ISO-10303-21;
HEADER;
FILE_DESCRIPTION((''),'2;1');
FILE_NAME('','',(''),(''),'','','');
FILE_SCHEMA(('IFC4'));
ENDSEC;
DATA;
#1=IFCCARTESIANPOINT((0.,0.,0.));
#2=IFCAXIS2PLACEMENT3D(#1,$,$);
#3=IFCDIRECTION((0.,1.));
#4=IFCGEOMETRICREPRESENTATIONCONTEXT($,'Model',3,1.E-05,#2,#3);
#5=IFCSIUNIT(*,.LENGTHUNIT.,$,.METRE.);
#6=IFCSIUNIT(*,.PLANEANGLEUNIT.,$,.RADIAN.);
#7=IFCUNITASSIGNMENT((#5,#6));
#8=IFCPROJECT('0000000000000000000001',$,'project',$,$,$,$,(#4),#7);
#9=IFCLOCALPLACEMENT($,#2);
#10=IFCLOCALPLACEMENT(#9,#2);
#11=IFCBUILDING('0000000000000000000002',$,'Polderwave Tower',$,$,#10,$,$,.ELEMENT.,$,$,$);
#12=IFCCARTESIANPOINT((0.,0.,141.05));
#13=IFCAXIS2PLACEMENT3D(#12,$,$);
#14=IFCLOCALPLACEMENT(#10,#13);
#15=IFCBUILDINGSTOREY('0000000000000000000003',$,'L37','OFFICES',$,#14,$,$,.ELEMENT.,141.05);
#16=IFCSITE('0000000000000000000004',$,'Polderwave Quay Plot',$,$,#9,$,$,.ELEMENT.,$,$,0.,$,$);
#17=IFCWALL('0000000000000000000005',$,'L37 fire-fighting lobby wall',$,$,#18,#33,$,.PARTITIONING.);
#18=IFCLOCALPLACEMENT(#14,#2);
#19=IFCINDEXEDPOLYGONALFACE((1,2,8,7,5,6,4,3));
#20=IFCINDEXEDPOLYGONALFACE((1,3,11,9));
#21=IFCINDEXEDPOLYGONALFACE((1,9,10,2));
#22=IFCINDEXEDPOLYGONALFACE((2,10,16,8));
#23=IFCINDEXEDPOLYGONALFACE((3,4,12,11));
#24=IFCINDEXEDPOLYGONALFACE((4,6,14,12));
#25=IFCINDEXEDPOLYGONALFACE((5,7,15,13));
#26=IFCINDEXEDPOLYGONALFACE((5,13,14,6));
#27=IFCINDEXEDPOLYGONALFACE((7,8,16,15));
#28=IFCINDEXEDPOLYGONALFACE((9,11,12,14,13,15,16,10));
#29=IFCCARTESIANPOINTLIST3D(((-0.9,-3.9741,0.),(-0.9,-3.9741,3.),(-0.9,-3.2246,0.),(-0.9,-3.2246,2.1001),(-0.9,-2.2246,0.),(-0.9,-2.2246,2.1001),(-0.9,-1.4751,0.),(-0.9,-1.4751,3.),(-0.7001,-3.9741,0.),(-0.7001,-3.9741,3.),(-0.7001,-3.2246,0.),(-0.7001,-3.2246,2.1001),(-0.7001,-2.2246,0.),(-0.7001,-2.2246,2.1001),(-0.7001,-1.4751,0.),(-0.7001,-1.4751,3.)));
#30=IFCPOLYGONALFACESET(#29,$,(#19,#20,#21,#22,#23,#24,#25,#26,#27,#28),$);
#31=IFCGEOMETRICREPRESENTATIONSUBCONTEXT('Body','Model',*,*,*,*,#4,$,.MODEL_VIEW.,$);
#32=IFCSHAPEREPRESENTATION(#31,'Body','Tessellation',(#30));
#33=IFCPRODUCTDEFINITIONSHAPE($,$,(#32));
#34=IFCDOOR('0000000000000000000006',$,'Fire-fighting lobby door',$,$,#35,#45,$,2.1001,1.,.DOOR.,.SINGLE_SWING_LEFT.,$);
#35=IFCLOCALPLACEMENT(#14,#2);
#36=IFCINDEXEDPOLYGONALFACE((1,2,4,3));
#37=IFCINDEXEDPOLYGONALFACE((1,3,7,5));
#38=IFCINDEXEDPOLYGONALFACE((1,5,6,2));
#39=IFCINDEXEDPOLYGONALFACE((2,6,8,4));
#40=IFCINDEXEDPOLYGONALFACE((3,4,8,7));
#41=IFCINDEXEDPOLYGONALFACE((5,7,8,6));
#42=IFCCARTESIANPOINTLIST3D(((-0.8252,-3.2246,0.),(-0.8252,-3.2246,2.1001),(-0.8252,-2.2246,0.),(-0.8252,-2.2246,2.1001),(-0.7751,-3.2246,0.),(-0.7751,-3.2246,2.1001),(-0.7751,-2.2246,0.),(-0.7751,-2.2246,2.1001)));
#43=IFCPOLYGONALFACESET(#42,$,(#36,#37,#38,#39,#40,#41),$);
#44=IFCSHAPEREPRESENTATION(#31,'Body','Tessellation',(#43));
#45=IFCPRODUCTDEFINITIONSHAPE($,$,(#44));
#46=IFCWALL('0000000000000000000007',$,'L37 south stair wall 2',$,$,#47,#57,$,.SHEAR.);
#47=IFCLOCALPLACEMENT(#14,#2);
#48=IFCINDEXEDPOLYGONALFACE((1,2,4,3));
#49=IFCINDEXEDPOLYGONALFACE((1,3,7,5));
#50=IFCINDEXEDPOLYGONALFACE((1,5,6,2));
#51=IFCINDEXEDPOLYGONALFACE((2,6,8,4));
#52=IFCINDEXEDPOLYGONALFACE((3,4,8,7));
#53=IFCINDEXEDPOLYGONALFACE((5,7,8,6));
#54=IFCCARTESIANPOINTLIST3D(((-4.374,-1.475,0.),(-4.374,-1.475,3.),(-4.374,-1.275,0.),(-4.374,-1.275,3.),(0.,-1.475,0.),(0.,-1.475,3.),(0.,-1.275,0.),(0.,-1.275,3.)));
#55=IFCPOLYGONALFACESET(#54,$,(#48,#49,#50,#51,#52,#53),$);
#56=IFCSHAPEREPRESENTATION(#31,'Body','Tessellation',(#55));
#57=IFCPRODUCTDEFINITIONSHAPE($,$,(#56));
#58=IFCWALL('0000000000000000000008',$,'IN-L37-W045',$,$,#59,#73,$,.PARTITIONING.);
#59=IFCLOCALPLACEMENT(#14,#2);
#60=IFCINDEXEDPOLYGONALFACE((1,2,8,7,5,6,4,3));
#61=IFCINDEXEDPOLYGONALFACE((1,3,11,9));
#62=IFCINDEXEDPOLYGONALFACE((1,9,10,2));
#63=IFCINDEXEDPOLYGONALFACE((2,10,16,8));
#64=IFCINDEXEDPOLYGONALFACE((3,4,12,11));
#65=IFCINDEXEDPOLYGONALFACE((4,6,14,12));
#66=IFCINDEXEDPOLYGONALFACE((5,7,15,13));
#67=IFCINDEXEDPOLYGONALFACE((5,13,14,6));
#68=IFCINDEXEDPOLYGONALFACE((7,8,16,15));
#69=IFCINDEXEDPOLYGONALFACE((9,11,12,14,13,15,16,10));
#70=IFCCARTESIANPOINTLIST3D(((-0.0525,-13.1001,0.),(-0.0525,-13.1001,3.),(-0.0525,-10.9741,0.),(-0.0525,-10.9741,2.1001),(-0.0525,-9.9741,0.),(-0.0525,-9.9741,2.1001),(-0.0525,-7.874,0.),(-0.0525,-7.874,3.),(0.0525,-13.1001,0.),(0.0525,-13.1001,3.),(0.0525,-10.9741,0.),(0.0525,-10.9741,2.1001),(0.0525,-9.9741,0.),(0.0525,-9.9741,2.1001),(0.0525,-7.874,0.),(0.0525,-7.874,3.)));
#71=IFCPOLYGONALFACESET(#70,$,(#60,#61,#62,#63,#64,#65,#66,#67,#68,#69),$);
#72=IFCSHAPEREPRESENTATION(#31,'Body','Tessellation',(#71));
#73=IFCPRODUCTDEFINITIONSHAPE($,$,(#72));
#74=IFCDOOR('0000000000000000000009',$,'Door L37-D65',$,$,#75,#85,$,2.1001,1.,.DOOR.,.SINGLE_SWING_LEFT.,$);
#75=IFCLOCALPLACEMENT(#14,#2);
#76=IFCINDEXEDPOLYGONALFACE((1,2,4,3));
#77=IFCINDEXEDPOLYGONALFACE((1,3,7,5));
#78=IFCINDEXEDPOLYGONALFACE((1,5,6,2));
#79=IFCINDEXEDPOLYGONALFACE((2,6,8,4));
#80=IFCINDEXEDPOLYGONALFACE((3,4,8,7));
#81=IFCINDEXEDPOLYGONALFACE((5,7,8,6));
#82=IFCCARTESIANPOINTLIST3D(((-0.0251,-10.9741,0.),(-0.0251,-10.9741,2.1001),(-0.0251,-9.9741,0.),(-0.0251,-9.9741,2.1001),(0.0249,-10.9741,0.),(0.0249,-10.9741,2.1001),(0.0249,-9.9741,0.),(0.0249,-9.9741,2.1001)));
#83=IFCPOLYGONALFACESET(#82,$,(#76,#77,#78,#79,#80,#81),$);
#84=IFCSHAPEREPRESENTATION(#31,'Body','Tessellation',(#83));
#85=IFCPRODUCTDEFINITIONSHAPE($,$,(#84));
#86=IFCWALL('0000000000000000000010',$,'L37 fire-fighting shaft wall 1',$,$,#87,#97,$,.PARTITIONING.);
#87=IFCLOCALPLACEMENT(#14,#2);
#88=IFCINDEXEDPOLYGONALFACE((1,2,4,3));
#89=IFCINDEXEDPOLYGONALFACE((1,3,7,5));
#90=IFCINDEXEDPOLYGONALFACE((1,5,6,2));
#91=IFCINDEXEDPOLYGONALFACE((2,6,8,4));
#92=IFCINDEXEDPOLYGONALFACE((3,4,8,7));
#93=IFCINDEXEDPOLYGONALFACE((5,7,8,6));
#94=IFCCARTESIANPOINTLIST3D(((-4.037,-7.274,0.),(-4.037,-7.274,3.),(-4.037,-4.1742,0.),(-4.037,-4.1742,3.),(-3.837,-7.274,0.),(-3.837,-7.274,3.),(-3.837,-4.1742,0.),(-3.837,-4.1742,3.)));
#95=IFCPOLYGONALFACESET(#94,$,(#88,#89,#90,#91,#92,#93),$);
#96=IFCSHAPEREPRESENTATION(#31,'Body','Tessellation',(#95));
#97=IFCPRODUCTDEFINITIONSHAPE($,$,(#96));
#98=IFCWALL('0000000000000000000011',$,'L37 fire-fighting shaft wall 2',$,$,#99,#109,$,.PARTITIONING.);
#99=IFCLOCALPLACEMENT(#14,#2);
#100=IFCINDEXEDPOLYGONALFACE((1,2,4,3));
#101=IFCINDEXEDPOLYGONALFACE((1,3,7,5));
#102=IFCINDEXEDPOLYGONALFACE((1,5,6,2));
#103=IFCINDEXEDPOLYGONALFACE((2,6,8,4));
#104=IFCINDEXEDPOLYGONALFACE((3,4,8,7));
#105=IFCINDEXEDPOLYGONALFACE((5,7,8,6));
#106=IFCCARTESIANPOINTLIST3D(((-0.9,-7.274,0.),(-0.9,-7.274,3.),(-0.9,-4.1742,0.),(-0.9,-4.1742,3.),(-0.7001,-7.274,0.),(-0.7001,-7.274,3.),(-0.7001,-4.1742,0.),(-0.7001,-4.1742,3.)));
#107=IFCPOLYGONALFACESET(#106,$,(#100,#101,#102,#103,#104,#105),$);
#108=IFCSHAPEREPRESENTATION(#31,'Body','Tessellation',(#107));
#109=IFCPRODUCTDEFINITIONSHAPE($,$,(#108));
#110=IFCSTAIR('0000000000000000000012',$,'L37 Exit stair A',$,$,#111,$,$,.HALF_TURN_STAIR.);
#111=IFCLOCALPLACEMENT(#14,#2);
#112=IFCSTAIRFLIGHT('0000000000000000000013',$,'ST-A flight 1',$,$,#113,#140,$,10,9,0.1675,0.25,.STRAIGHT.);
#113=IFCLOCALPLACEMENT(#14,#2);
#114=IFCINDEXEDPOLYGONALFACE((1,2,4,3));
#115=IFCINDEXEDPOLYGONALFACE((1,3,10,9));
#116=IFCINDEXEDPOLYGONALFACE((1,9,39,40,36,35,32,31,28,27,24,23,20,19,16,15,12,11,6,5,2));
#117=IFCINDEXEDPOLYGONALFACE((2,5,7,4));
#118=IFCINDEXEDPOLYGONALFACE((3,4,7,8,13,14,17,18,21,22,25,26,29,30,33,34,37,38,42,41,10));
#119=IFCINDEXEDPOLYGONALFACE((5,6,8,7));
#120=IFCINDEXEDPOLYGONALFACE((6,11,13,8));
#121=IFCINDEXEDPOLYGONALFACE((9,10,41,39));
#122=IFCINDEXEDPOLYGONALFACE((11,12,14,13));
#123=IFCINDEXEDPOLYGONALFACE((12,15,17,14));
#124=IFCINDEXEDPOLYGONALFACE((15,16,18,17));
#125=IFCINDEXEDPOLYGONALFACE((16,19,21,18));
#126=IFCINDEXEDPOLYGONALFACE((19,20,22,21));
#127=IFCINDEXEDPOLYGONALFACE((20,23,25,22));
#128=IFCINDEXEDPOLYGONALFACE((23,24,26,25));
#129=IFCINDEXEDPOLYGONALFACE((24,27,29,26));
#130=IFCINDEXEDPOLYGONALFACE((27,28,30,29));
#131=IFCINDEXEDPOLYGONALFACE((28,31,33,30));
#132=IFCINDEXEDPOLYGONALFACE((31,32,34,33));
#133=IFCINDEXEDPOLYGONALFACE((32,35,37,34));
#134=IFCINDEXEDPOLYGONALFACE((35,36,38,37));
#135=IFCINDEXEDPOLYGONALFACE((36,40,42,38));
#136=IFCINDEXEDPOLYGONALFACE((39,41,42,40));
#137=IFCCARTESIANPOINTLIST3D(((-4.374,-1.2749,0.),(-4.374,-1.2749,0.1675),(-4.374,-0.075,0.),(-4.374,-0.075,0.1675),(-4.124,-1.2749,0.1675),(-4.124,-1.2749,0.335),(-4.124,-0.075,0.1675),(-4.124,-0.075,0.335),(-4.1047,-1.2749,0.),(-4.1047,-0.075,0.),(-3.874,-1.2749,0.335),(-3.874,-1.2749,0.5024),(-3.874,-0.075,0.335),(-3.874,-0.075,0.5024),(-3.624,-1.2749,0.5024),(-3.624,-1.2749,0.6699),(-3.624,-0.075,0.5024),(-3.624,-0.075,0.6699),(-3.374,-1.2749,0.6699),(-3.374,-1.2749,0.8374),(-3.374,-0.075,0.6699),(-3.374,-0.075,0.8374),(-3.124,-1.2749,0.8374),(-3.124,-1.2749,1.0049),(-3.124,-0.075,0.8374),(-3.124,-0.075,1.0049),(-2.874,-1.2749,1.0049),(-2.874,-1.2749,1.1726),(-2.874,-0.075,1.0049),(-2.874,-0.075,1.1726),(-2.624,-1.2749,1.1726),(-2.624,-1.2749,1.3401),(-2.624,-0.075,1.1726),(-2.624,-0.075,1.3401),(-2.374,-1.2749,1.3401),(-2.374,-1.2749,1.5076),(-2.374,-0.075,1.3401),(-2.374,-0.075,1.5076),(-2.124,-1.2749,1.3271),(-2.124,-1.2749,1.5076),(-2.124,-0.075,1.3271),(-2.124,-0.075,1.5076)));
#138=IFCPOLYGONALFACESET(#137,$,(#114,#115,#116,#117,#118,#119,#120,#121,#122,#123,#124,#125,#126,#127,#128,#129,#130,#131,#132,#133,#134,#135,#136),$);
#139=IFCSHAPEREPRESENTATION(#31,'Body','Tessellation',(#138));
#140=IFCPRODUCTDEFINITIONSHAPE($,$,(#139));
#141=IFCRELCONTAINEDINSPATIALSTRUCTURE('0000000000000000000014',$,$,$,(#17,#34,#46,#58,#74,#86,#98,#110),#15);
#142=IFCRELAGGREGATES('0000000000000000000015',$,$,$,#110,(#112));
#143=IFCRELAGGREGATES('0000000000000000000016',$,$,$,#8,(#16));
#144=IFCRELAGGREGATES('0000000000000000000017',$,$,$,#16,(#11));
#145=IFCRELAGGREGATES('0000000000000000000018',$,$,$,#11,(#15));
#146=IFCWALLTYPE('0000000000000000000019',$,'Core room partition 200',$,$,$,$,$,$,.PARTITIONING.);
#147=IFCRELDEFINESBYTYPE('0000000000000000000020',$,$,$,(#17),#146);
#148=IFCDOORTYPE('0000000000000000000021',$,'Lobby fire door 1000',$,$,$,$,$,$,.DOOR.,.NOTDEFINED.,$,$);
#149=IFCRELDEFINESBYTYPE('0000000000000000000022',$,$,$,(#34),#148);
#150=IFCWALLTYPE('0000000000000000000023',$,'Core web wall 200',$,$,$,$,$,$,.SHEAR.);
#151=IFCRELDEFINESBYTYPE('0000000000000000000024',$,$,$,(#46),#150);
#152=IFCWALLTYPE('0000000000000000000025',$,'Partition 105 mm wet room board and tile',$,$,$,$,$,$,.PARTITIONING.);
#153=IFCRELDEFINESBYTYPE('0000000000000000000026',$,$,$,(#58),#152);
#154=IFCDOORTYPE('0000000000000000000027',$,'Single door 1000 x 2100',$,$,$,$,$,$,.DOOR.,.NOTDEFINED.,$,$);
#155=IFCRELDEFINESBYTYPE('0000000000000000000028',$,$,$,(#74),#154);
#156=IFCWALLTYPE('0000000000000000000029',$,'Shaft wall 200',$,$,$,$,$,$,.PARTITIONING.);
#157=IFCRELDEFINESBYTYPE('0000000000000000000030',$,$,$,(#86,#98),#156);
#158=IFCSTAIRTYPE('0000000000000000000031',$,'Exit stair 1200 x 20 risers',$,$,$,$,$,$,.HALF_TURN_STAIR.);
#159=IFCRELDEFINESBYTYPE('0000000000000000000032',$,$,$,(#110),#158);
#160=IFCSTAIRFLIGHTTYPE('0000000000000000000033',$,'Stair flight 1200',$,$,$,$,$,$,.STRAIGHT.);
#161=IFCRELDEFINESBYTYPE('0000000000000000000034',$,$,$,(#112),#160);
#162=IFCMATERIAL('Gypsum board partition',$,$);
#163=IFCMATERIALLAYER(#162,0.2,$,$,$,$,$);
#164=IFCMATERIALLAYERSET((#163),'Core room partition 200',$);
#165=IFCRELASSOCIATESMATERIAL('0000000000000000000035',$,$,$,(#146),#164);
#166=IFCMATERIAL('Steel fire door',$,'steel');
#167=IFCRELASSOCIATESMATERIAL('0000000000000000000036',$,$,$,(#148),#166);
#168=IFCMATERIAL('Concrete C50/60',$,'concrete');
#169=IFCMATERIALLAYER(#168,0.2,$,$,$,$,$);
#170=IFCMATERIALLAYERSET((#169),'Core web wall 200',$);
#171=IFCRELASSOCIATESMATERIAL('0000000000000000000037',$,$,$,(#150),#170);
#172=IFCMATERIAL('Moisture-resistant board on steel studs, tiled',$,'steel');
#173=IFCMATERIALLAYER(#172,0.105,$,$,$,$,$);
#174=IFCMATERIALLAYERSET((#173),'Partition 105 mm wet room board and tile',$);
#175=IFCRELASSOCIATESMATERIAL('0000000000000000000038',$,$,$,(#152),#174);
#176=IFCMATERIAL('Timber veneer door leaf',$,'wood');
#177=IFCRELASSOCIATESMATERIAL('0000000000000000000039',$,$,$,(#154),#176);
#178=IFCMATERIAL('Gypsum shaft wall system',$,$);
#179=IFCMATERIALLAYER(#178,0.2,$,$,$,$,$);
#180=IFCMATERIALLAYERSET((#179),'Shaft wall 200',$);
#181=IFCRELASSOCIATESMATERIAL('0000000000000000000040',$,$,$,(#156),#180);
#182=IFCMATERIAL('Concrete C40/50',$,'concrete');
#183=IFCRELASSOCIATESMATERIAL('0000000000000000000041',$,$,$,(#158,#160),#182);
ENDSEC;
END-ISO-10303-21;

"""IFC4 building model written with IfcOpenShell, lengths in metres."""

from ifc_helpers import new_model, si_unit, direction, frame, frame_2d, origin, place, context, subcontext, project, spatial, polyline, rectangle, outline, extrude, material, layer, layer_set, type_object, element, fill, aggregate, save


model = new_model("IFC4")

# Units and contexts
model_context = context("Model", 3, precision=1e-05, world=origin(), true_north=direction((0.0, 1.0)))
body_context = subcontext(model_context, "Body", "Model", "MODEL_VIEW")
ifc_project = project(units=[si_unit("LENGTHUNIT", "METRE"), si_unit("PLANEANGLEUNIT", "RADIAN")], contexts=[model_context])

# Site, building, storey
site_placement = place(None, origin())
site = spatial("IfcSite", under=ifc_project, at=site_placement, Name="Polderwave Quay Plot", CompositionType="ELEMENT", RefElevation=0.0)
building_placement = place(site_placement, origin())
building = spatial("IfcBuilding", under=site, at=building_placement, Name="Polderwave Tower", CompositionType="ELEMENT")
storey_placement = place(building_placement, frame((0.0, 0.0, 141.05)))
storey = spatial("IfcBuildingStorey", under=building, at=storey_placement, Name="L37", Description="OFFICES", CompositionType="ELEMENT", Elevation=141.05)

# Wall, opening, door
ifc_material_1 = material(Name="Gypsum board partition")
ifc_layer_1 = layer(ifc_material_1, 0.2)
ifc_layer_set_1 = layer_set([ifc_layer_1], Name="Core room partition 200")
wall_type_1 = type_object("IfcWallType", Name="Core room partition 200", PredefinedType="PARTITIONING", material=ifc_layer_set_1)
wall_1_placement = place(storey_placement, frame((-0.8, -3.9741, 0.0), z_axis=(0.0, 0.0, 1.0), x_axis=(0.0, 1.0, 0.0)))
wall_1 = element("IfcWall", 1, at=wall_1_placement, inside=storey, type_object=wall_type_1, Name="L37 fire-fighting lobby wall", PredefinedType="PARTITIONING", context=body_context, shape_type="SweptSolid", body=[
    extrude(rectangle(XDim=2.499, YDim=0.2, at=frame_2d((1.2495, 0.0))), origin(), (0.0, 0.0, 1.0), 3.0),
])
opening_1_placement = place(wall_1_placement, frame((0.7495, 0.0, 0.0)))
opening_1 = element("IfcOpeningElement", 2, at=opening_1_placement, cuts=wall_1, PredefinedType="OPENING", context=body_context, shape_type="SweptSolid", body=[
    extrude(rectangle(XDim=1.0, YDim=2.1001, at=frame_2d((0.5, 1.05))), frame((0.0, 0.1099, 0.0), z_axis=(0.0, -1.0, 0.0), x_axis=(1.0, 0.0, 0.0)), (0.0, 0.0, 1.0), 0.22),
])
ifc_material_2 = material(Name="Steel fire door", Category="steel")
door_type_1 = type_object("IfcDoorType", Name="Lobby fire door 1000", OperationType="NOTDEFINED", PredefinedType="DOOR", material=ifc_material_2)
door_1_placement = place(opening_1_placement, frame((1.0, 0.0, 0.0), z_axis=(0.0, 0.0, 1.0), x_axis=(-1.0, 0.0, 0.0)))
door_1 = element("IfcDoor", 3, at=door_1_placement, inside=storey, type_object=door_type_1, Name="Fire-fighting lobby door", OperationType="SINGLE_SWING_LEFT", OverallHeight=2.1001, OverallWidth=1.0, PredefinedType="DOOR", context=body_context, shape_type="SweptSolid", body=[
    extrude(rectangle(XDim=1.0, YDim=2.1001, at=frame_2d((0.5, 1.05))), frame((0.0, 0.0249, 0.0), z_axis=(0.0, -1.0, 0.0), x_axis=(1.0, 0.0, 0.0)), (0.0, 0.0, 1.0), 0.05),
])
fill(opening_1, door_1)

# Wall
ifc_material_3 = material(Name="Concrete C50/60", Category="concrete")
ifc_layer_2 = layer(ifc_material_3, 0.2)
ifc_layer_set_2 = layer_set([ifc_layer_2], Name="Core web wall 200")
wall_type_2 = type_object("IfcWallType", Name="Core web wall 200", PredefinedType="SHEAR", material=ifc_layer_set_2)
wall_2_placement = place(storey_placement, frame((-4.374, -1.375, 0.0), z_axis=(0.0, 0.0, 1.0), x_axis=(1.0, 0.0, 0.0)))
element("IfcWall", 4, at=wall_2_placement, inside=storey, type_object=wall_type_2, Name="L37 south stair wall 2", PredefinedType="SHEAR", context=body_context, shape_type="SweptSolid", body=[
    extrude(rectangle(XDim=4.374, YDim=0.2, at=frame_2d((2.187, 0.0))), origin(), (0.0, 0.0, 1.0), 3.0),
])

# Wall, opening, door
ifc_material_4 = material(Name="Moisture-resistant board on steel studs, tiled", Category="steel")
ifc_layer_3 = layer(ifc_material_4, 0.105)
ifc_layer_set_3 = layer_set([ifc_layer_3], Name="Partition 105 mm wet room board and tile")
wall_type_3 = type_object("IfcWallType", Name="Partition 105 mm wet room board and tile", PredefinedType="PARTITIONING", material=ifc_layer_set_3)
wall_3_placement = place(storey_placement, frame((0.0, -7.874, 0.0), z_axis=(0.0, 0.0, 1.0), x_axis=(0.0, -1.0, 0.0)))
wall_3 = element("IfcWall", 5, at=wall_3_placement, inside=storey, type_object=wall_type_3, Name="IN-L37-W045", PredefinedType="PARTITIONING", context=body_context, shape_type="SweptSolid", body=[
    extrude(rectangle(XDim=5.2261, YDim=0.105, at=frame_2d((2.613, 0.0))), origin(), (0.0, 0.0, 1.0), 3.0),
])
opening_2_placement = place(wall_3_placement, frame((2.1001, 0.0, 0.0)))
opening_2 = element("IfcOpeningElement", 6, at=opening_2_placement, cuts=wall_3, PredefinedType="OPENING", context=body_context, shape_type="SweptSolid", body=[
    extrude(rectangle(XDim=1.0, YDim=2.1001, at=frame_2d((0.5, 1.05))), frame((0.0, 0.0625, 0.0), z_axis=(0.0, -1.0, 0.0), x_axis=(1.0, 0.0, 0.0)), (0.0, 0.0, 1.0), 0.125),
])
ifc_material_5 = material(Name="Timber veneer door leaf", Category="wood")
door_type_2 = type_object("IfcDoorType", Name="Single door 1000 x 2100", OperationType="NOTDEFINED", PredefinedType="DOOR", material=ifc_material_5)
door_2_placement = place(opening_2_placement, origin())
door_2 = element("IfcDoor", 7, at=door_2_placement, inside=storey, type_object=door_type_2, Name="Door L37-D65", OperationType="SINGLE_SWING_LEFT", OverallHeight=2.1001, OverallWidth=1.0, PredefinedType="DOOR", context=body_context, shape_type="SweptSolid", body=[
    extrude(rectangle(XDim=1.0, YDim=2.1001, at=frame_2d((0.5, 1.05))), frame((0.0, 0.0249, 0.0), z_axis=(0.0, -1.0, 0.0), x_axis=(1.0, 0.0, 0.0)), (0.0, 0.0, 1.0), 0.05),
])
fill(opening_2, door_2)

# Walls
ifc_material_6 = material(Name="Gypsum shaft wall system")
ifc_layer_4 = layer(ifc_material_6, 0.2)
ifc_layer_set_4 = layer_set([ifc_layer_4], Name="Shaft wall 200")
wall_type_4 = type_object("IfcWallType", Name="Shaft wall 200", PredefinedType="PARTITIONING", material=ifc_layer_set_4)
for number, where, z_axis, x_axis, name in (
    (8, (-3.937, -7.2739, 0.0), (0.0, 0.0, 1.0), (0.0, 1.0, 0.0), "L37 fire-fighting shaft wall 1"),
    (9, (-0.8, -7.2739, 0.0), (0.0, 0.0, 1.0), (0.0, 1.0, 0.0), "L37 fire-fighting shaft wall 2"),
):
    element("IfcWall", number, at=place(storey_placement, frame(where, z_axis=z_axis, x_axis=x_axis)), inside=storey, type_object=wall_type_4, Name=name, PredefinedType="PARTITIONING", context=body_context, shape_type="SweptSolid", body=[
        extrude(rectangle(XDim=3.0999, YDim=0.2, at=frame_2d((1.5498, 0.0))), origin(), (0.0, 0.0, 1.0), 3.0),
    ])

# Stair, stair flight
ifc_material_7 = material(Name="Concrete C40/50", Category="concrete")
stair_type = type_object("IfcStairType", Name="Exit stair 1200 x 20 risers", PredefinedType="HALF_TURN_STAIR", material=ifc_material_7)
stair_placement = place(storey_placement, origin())
stair = element("IfcStair", 10, at=stair_placement, inside=storey, type_object=stair_type, Name="L37 Exit stair A", PredefinedType="HALF_TURN_STAIR")
stair_flight_type = type_object("IfcStairFlightType", Name="Stair flight 1200", PredefinedType="STRAIGHT", material=ifc_material_7)
stair_flight_placement = place(storey_placement, frame((-4.374, -0.675, 0.0), z_axis=(0.0, 0.0, 1.0), x_axis=(1.0, 0.0, 0.0)))
stair_flight = element("IfcStairFlight", 11, at=stair_flight_placement, type_object=stair_flight_type, Name="ST-A flight 1", NumberOfRisers=10, NumberOfTreads=9, PredefinedType="STRAIGHT", RiserHeight=0.1675, TreadLength=0.25, context=body_context, shape_type="SweptSolid", body=[
    extrude(outline(polyline([(0.0, 0.0), (0.0, 0.1675), (0.25, 0.1675), (0.25, 0.335), (0.5, 0.335), (0.5, 0.5024), (0.75, 0.5024), (0.75, 0.6699), (1.0, 0.6699), (1.0, 0.8374), (1.25, 0.8374), (1.25, 1.0049), (1.5, 1.0049), (1.5, 1.1726), (1.75, 1.1726), (1.75, 1.3401), (2.0, 1.3401), (2.0, 1.5076), (2.25, 1.5076), (2.25, 1.675), (2.25, 1.3271), (0.2693, 0.0), (0.0, 0.0)])), frame((0.0, 0.6001, 0.0), z_axis=(0.0, -1.0, 0.0), x_axis=(1.0, 0.0, 0.0)), (0.0, 0.0, 1.0), 1.2),
])
aggregate(stair, [stair_flight])

save(model, "model.ifc")
